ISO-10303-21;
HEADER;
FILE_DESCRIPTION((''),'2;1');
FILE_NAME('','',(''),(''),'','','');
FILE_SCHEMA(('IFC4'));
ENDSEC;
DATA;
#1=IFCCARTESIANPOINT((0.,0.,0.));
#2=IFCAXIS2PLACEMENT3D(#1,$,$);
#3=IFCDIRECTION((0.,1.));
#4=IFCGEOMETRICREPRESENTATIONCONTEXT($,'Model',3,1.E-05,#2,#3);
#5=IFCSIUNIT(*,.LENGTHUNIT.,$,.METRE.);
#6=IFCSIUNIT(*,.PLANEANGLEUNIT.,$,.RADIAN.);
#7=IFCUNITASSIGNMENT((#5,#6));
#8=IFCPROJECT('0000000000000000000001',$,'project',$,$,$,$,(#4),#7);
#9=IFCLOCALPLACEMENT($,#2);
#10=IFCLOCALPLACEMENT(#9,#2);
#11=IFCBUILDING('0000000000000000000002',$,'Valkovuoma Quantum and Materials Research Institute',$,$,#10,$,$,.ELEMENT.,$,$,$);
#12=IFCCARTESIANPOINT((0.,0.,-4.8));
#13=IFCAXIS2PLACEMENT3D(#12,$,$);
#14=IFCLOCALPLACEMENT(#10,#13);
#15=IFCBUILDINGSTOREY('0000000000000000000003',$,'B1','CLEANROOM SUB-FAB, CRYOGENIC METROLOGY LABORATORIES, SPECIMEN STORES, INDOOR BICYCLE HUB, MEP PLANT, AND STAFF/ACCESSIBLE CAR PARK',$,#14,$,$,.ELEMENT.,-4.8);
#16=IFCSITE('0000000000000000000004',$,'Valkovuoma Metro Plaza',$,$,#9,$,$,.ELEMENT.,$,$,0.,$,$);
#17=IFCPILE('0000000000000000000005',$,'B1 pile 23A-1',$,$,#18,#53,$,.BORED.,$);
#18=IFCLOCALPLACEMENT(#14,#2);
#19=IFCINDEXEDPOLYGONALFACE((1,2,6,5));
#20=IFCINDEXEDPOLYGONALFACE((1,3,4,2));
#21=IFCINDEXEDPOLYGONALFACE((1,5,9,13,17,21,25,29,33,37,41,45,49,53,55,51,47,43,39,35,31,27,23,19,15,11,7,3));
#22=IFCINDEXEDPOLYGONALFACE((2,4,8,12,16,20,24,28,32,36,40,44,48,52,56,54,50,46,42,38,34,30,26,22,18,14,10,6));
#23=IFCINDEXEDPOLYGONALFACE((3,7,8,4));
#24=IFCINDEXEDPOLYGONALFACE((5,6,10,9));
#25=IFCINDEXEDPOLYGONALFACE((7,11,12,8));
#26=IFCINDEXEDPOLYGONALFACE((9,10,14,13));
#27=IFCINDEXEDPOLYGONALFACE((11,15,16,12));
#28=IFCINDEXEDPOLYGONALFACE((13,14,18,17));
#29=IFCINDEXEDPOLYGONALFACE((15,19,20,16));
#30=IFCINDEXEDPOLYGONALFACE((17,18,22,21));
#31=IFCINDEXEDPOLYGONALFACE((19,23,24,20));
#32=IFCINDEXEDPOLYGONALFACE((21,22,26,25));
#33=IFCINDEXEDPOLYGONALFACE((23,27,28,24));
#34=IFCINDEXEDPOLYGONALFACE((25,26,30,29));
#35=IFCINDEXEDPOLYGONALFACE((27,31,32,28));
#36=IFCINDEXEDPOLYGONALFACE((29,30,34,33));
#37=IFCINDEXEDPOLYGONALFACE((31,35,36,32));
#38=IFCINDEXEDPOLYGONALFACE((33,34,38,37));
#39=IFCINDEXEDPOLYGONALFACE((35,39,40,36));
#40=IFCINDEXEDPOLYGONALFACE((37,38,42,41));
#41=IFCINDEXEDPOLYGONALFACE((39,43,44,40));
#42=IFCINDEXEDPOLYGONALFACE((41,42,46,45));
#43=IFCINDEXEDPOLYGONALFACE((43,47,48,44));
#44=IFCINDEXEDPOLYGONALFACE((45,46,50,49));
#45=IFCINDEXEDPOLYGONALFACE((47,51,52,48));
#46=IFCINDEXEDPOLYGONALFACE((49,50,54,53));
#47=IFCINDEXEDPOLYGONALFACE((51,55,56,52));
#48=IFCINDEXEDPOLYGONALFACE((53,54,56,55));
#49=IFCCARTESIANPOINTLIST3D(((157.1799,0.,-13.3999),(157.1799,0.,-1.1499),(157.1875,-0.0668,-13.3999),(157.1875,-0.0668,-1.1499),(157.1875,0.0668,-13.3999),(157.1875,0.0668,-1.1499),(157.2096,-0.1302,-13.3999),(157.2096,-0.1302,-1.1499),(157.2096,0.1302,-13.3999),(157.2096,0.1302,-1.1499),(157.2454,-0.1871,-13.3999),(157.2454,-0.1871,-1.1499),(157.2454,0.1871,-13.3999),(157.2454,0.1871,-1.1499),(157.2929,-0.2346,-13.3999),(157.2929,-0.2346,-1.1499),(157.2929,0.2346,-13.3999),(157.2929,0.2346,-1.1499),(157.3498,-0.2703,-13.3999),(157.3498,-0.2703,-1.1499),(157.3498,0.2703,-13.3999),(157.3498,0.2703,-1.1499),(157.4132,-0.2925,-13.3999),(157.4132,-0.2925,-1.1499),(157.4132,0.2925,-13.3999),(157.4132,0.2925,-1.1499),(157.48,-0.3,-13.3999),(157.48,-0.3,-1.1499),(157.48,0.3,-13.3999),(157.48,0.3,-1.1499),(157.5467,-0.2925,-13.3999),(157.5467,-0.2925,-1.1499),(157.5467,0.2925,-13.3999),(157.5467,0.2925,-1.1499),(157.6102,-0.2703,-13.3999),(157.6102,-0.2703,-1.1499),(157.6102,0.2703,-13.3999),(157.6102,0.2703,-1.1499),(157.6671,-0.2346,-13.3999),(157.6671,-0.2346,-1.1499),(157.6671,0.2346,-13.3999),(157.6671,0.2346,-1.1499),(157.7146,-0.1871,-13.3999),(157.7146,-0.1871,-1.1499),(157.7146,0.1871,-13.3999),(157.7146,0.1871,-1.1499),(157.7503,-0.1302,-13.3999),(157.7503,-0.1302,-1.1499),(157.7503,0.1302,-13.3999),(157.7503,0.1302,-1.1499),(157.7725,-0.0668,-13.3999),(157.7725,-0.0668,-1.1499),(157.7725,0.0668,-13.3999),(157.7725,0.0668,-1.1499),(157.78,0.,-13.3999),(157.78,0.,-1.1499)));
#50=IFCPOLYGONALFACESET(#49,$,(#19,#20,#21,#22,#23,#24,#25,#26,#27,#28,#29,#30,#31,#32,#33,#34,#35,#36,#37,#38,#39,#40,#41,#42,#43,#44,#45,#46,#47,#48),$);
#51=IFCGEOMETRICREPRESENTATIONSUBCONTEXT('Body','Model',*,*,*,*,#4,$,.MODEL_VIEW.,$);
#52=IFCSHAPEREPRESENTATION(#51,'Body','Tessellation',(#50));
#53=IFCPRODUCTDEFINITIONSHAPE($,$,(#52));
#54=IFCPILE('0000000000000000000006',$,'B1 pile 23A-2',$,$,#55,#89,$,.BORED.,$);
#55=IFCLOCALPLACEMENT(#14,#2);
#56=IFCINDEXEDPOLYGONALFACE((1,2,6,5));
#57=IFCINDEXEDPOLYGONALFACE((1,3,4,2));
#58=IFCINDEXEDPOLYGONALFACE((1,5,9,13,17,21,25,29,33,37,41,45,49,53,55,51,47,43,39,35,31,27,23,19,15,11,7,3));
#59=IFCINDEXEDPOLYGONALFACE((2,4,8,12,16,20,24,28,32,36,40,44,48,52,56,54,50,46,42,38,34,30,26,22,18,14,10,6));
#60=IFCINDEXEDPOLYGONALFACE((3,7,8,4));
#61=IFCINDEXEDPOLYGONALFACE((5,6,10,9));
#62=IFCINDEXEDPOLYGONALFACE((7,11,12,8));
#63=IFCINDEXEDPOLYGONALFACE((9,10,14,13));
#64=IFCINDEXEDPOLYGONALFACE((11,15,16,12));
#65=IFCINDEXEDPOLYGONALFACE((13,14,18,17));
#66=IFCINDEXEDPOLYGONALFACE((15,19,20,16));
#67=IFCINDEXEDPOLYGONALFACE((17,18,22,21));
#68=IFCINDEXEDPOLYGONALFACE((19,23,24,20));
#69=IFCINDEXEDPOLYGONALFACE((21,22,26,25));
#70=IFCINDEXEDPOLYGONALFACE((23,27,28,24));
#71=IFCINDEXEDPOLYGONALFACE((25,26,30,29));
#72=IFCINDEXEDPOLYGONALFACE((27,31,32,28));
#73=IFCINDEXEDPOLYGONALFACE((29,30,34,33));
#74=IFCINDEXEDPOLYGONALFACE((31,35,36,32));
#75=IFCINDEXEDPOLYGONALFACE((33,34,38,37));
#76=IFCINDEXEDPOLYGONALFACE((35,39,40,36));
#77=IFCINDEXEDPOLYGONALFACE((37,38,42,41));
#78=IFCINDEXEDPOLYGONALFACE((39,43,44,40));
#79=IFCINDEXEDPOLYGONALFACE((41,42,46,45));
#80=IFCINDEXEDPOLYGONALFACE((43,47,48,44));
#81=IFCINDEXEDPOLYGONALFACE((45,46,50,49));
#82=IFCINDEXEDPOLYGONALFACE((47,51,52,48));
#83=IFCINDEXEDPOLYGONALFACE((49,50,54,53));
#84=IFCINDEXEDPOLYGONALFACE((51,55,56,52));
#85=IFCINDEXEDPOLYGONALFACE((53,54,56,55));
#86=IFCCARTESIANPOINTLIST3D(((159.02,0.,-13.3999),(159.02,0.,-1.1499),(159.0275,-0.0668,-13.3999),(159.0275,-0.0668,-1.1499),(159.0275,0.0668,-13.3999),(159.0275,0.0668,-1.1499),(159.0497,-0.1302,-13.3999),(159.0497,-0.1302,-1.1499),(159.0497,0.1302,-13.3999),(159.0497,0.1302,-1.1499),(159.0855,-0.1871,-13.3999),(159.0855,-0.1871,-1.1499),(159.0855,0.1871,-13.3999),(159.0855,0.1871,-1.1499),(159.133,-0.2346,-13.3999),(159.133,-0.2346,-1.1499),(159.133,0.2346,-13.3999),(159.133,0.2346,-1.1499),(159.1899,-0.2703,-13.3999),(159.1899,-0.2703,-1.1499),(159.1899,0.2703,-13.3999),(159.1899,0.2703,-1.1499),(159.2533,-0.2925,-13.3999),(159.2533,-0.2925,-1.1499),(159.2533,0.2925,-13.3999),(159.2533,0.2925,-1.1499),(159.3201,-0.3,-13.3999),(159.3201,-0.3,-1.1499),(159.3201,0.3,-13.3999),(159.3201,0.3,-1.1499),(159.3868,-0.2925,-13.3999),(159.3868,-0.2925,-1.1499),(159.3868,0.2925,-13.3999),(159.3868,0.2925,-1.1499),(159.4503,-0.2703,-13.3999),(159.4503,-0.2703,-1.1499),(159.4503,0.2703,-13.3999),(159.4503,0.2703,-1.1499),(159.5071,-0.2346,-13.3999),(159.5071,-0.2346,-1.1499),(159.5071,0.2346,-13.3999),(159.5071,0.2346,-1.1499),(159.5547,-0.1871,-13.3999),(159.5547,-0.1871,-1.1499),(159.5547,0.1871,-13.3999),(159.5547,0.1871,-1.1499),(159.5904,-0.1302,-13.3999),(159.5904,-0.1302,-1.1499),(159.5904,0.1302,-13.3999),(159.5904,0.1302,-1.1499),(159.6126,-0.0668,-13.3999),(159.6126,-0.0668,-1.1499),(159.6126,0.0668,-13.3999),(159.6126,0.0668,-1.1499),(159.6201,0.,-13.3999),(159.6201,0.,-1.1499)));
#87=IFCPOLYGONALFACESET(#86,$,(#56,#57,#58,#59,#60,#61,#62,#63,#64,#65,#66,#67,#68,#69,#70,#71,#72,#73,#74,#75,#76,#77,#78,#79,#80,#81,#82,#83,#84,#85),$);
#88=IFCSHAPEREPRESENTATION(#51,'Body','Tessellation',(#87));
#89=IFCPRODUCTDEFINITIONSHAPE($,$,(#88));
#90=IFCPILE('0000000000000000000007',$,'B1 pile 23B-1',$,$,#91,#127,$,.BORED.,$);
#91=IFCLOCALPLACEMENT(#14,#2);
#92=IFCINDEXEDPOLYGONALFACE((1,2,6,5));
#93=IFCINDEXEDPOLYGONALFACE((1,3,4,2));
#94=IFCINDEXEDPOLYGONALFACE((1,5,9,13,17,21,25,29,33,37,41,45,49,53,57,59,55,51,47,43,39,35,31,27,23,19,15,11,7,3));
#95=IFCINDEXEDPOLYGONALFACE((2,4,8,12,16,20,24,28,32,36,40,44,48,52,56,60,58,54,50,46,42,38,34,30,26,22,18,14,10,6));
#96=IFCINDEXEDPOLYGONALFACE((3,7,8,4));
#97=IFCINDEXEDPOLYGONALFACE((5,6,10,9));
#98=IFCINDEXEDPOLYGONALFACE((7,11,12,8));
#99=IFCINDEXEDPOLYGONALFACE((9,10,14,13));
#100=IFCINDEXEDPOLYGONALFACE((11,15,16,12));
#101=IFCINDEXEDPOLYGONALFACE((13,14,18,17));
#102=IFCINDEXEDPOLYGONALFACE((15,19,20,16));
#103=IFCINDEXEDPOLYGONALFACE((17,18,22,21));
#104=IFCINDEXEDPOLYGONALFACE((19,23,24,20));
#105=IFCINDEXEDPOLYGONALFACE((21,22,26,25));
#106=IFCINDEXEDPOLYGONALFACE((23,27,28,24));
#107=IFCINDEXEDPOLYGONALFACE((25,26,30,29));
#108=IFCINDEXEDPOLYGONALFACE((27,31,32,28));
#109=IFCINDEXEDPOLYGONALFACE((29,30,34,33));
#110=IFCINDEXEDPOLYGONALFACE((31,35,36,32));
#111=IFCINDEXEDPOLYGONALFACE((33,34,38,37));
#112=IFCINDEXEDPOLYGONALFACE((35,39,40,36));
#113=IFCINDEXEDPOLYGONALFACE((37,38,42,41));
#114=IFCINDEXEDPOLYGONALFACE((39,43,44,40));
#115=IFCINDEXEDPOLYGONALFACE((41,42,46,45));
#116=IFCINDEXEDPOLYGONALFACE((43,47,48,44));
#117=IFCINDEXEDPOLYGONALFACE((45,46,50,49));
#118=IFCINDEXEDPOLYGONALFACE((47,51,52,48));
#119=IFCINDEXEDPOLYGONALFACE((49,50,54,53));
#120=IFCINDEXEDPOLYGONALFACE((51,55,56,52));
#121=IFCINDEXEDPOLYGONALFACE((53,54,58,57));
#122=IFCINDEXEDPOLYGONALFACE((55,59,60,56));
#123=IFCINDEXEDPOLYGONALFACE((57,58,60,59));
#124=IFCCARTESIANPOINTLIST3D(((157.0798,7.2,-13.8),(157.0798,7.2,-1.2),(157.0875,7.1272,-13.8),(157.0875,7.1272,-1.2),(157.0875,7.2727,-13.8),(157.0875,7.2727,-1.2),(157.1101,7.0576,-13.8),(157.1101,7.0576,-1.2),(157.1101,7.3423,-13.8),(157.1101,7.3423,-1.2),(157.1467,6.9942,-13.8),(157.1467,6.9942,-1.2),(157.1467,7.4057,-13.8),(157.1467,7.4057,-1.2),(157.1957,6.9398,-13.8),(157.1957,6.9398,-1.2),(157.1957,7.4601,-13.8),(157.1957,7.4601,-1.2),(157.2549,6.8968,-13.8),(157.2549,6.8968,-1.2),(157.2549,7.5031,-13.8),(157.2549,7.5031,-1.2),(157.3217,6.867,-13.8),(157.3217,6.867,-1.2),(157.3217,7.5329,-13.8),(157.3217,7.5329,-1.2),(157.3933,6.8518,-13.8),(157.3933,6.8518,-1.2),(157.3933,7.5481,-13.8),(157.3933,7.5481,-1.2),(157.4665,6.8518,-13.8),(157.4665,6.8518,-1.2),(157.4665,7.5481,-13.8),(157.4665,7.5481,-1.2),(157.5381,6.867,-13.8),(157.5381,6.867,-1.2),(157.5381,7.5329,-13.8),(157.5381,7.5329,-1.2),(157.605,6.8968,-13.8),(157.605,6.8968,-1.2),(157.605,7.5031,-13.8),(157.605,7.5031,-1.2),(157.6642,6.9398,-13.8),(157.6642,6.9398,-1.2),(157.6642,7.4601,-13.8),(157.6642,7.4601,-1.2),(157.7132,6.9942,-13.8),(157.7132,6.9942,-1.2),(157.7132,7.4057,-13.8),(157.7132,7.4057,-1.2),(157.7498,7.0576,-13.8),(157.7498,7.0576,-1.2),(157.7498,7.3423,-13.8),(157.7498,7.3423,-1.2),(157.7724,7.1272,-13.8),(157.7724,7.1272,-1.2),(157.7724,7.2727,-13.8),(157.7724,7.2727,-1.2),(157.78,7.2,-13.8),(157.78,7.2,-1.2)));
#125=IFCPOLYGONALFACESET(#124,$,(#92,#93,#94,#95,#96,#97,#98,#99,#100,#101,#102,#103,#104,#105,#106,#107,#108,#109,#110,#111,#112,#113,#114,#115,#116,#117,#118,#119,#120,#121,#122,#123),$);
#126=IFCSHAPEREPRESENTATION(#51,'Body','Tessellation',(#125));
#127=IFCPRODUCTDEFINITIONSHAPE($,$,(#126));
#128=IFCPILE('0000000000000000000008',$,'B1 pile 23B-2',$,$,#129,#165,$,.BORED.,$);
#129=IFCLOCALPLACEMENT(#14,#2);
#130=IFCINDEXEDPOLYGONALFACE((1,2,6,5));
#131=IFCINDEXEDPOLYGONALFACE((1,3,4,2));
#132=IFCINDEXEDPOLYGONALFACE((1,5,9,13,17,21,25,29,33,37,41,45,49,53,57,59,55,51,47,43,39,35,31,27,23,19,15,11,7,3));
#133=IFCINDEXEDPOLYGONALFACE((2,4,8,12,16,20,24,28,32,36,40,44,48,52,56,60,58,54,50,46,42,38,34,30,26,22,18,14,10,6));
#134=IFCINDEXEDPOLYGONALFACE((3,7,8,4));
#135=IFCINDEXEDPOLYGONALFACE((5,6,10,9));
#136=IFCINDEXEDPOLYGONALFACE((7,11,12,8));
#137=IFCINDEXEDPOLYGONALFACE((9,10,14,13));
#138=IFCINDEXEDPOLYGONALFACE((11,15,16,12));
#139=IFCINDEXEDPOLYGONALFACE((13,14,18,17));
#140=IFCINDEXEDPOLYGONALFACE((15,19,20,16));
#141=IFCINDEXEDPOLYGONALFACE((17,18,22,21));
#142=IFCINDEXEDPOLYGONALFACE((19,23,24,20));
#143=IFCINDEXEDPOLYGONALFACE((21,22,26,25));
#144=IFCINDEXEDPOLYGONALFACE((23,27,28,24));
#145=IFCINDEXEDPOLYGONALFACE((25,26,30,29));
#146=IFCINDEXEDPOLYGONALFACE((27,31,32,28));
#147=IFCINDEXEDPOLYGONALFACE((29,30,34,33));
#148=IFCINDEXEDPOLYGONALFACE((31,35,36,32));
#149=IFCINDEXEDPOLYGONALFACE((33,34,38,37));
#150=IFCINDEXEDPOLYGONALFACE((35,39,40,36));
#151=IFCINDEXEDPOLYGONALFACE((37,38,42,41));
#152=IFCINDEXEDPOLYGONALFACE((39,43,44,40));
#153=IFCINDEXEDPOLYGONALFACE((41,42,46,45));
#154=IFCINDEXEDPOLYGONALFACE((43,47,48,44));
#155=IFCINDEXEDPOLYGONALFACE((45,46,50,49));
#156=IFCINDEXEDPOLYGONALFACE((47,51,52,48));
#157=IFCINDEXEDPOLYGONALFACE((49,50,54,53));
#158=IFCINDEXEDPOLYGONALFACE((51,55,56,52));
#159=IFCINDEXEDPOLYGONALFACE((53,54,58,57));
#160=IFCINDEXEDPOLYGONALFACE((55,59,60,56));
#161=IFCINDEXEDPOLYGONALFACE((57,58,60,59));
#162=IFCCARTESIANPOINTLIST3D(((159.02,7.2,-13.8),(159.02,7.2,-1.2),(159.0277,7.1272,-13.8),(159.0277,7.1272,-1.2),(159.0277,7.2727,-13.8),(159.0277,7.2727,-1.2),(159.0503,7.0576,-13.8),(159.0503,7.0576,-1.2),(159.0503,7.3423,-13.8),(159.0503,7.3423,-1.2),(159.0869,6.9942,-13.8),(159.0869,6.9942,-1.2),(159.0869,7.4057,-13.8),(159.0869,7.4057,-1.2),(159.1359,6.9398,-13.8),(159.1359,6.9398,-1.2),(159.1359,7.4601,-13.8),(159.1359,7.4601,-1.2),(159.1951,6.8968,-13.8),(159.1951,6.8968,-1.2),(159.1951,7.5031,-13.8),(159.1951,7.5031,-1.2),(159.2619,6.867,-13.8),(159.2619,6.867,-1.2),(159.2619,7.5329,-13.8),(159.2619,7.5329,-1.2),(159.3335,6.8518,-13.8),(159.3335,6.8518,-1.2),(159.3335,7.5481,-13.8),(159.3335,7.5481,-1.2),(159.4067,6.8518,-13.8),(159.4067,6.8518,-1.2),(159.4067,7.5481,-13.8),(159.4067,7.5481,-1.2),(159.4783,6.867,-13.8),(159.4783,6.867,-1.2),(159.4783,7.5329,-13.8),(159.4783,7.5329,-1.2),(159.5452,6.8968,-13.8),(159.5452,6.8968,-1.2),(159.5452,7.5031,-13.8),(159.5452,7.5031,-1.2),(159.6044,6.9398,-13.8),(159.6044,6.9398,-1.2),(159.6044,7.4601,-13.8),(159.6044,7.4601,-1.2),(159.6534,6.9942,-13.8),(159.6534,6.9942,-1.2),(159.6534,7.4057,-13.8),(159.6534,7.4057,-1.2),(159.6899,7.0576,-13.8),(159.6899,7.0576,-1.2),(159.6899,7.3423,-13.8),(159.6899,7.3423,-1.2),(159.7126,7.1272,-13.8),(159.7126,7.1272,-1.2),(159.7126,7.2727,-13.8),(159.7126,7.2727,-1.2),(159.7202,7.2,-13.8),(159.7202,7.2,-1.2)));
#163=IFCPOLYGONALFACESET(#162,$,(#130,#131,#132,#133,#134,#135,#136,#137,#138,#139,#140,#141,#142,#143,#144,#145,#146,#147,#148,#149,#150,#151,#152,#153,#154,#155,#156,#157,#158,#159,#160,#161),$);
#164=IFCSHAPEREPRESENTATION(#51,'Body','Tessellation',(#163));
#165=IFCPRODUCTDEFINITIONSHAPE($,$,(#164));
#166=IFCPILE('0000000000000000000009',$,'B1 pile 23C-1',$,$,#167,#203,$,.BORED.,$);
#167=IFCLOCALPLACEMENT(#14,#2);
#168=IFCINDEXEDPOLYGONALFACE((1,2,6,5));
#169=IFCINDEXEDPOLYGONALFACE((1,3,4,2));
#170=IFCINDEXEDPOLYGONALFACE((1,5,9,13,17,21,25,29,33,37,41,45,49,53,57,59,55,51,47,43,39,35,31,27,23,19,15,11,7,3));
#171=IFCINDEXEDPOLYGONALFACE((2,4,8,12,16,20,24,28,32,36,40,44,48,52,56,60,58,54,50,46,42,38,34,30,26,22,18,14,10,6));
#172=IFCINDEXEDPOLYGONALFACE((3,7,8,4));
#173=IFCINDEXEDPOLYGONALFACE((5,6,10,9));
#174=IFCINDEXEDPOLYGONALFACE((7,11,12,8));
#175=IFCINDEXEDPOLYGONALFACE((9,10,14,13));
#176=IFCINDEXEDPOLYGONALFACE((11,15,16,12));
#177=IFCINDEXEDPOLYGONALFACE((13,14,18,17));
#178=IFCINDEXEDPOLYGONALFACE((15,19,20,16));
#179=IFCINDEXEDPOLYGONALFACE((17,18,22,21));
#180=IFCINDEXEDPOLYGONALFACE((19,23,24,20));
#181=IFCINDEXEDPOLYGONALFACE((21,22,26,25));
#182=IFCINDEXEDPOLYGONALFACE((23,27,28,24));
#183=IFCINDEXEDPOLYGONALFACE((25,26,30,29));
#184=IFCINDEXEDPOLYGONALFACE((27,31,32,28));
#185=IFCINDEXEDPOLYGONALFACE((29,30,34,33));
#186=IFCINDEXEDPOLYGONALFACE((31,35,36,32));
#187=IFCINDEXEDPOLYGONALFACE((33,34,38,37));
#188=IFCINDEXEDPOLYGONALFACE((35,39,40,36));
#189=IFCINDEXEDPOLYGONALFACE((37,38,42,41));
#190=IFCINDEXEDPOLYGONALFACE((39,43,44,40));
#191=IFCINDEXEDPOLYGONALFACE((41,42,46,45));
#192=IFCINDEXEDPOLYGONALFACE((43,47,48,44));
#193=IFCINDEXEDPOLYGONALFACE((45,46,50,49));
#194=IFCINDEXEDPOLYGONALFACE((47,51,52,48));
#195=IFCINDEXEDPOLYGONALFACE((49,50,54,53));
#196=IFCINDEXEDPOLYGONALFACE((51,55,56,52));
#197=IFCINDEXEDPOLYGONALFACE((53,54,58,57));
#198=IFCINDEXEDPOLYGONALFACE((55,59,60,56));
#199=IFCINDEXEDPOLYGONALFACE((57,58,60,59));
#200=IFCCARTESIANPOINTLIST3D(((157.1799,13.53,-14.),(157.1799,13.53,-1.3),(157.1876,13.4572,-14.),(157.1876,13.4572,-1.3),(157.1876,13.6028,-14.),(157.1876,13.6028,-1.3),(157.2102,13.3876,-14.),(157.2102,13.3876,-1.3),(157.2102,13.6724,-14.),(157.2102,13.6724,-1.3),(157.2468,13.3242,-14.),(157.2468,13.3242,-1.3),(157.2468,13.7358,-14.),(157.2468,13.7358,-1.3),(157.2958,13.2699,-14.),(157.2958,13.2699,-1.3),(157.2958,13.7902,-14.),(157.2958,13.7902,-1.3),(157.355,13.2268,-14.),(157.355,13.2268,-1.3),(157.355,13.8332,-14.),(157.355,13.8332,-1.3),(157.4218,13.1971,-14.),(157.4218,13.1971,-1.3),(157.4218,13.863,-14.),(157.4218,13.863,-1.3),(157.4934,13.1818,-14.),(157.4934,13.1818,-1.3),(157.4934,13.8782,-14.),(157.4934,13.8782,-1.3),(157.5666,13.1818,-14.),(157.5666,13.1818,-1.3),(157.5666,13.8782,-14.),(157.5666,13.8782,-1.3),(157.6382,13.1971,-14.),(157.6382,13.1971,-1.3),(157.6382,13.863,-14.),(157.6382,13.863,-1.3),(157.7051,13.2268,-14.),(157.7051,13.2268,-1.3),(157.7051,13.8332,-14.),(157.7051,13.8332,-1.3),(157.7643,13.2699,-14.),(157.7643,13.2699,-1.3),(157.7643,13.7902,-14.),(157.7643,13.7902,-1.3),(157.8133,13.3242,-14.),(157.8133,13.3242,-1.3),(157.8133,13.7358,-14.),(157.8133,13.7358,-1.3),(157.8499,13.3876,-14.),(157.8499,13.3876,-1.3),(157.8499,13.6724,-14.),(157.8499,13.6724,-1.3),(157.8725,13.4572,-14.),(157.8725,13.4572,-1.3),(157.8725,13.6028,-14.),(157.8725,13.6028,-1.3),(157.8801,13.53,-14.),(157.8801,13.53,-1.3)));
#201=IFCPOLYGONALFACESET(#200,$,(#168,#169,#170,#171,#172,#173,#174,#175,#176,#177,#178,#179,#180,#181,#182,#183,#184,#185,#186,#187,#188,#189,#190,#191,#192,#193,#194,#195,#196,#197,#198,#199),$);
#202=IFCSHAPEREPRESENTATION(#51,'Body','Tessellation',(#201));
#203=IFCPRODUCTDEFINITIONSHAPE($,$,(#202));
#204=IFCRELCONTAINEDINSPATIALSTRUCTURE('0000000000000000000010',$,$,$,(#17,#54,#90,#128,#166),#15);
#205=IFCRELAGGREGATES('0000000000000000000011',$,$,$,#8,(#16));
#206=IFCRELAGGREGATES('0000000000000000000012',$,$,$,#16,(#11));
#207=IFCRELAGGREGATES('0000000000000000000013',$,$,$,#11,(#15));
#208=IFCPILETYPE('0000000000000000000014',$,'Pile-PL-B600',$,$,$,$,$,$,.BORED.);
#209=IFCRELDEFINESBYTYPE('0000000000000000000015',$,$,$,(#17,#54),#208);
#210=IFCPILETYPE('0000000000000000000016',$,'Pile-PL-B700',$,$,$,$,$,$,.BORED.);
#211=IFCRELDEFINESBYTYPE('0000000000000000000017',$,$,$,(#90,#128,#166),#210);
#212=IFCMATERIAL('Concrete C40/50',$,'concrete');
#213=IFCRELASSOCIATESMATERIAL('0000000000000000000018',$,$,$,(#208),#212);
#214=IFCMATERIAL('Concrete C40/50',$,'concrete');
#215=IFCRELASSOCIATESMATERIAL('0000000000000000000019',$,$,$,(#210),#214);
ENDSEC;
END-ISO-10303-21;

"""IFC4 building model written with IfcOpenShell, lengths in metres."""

from ifc_helpers import new_model, si_unit, direction, frame, origin, origin_2d, place, context, subcontext, project, spatial, circle, extrude, material, material_profile, profile_set, type_object, element, save


model = new_model("IFC4")

# Units and contexts
model_context = context("Model", 3, precision=1e-05, world=origin(), true_north=direction((0.0, 1.0)))
body_context = subcontext(model_context, "Body", "Model", "MODEL_VIEW")
ifc_project = project(units=[si_unit("LENGTHUNIT", "METRE"), si_unit("PLANEANGLEUNIT", "RADIAN")], contexts=[model_context])

# Site, building, storey
site_placement = place(None, origin())
site = spatial("IfcSite", under=ifc_project, at=site_placement, Name="Valkovuoma Metro Plaza", CompositionType="ELEMENT", RefElevation=0.0)
building_placement = place(site_placement, origin())
building = spatial("IfcBuilding", under=site, at=building_placement, Name="Valkovuoma Quantum and Materials Research Institute", CompositionType="ELEMENT")
storey_placement = place(building_placement, frame((0.0, 0.0, -4.8)))
storey = spatial("IfcBuildingStorey", under=building, at=storey_placement, Name="B1", Description="CLEANROOM SUB-FAB, CRYOGENIC METROLOGY LABORATORIES, SPECIMEN STORES, INDOOR BICYCLE HUB, MEP PLANT, AND STAFF/ACCESSIBLE CAR PARK", CompositionType="ELEMENT", Elevation=-4.8)

# Piles
ifc_material_1 = material(Name="Concrete C40/50", Category="concrete")
ifc_material_profile_1 = material_profile(ifc_material_1, circle(Radius=0.3, at=origin_2d()), Name="Concrete C40/50")
ifc_profile_set_1 = profile_set([ifc_material_profile_1], Name="Concrete C40/50")
pile_type_1 = type_object("IfcPileType", Name="Pile-PL-B600", PredefinedType="BORED", material=ifc_profile_set_1)
for number, where, z_axis, x_axis, name in (
    (1, (157.48, 0.0, -1.1499), (0.0, 0.0, -1.0), (1.0, 0.0, 0.0), "B1 pile 23A-1"),
    (2, (159.3201, 0.0, -1.1499), (0.0, 0.0, -1.0), (1.0, 0.0, 0.0), "B1 pile 23A-2"),
):
    element("IfcPile", number, at=place(storey_placement, frame(where, z_axis=z_axis, x_axis=x_axis)), inside=storey, type_object=pile_type_1, Name=name, PredefinedType="BORED", context=body_context, shape_type="SweptSolid", body=[
        extrude(circle(Radius=0.3, at=origin_2d()), origin(), (0.0, 0.0, 1.0), 12.25),
    ])
ifc_material_2 = material(Name="Concrete C40/50", Category="concrete")
ifc_material_profile_2 = material_profile(ifc_material_2, circle(Radius=0.3501, at=origin_2d()), Name="Concrete C40/50")
ifc_profile_set_2 = profile_set([ifc_material_profile_2], Name="Concrete C40/50")
pile_type_2 = type_object("IfcPileType", Name="Pile-PL-B700", PredefinedType="BORED", material=ifc_profile_set_2)
for number, where, z_axis, x_axis, name in (
    (3, (157.4299, 7.2, -1.2), (0.0, 0.0, -1.0), (1.0, 0.0, 0.0), "B1 pile 23B-1"),
    (4, (159.3701, 7.2, -1.2), (0.0, 0.0, -1.0), (1.0, 0.0, 0.0), "B1 pile 23B-2"),
):
    element("IfcPile", number, at=place(storey_placement, frame(where, z_axis=z_axis, x_axis=x_axis)), inside=storey, type_object=pile_type_2, Name=name, PredefinedType="BORED", context=body_context, shape_type="SweptSolid", body=[
        extrude(circle(Radius=0.3501, at=origin_2d()), origin(), (0.0, 0.0, 1.0), 12.6001),
    ])
pile_placement = place(storey_placement, frame((157.53, 13.53, -1.3), z_axis=(0.0, 0.0, -1.0), x_axis=(1.0, 0.0, 0.0)))
element("IfcPile", 5, at=pile_placement, inside=storey, type_object=pile_type_2, Name="B1 pile 23C-1", PredefinedType="BORED", context=body_context, shape_type="SweptSolid", body=[
    extrude(circle(Radius=0.3501, at=origin_2d()), origin(), (0.0, 0.0, 1.0), 12.7),
])

save(model, "model.ifc")
